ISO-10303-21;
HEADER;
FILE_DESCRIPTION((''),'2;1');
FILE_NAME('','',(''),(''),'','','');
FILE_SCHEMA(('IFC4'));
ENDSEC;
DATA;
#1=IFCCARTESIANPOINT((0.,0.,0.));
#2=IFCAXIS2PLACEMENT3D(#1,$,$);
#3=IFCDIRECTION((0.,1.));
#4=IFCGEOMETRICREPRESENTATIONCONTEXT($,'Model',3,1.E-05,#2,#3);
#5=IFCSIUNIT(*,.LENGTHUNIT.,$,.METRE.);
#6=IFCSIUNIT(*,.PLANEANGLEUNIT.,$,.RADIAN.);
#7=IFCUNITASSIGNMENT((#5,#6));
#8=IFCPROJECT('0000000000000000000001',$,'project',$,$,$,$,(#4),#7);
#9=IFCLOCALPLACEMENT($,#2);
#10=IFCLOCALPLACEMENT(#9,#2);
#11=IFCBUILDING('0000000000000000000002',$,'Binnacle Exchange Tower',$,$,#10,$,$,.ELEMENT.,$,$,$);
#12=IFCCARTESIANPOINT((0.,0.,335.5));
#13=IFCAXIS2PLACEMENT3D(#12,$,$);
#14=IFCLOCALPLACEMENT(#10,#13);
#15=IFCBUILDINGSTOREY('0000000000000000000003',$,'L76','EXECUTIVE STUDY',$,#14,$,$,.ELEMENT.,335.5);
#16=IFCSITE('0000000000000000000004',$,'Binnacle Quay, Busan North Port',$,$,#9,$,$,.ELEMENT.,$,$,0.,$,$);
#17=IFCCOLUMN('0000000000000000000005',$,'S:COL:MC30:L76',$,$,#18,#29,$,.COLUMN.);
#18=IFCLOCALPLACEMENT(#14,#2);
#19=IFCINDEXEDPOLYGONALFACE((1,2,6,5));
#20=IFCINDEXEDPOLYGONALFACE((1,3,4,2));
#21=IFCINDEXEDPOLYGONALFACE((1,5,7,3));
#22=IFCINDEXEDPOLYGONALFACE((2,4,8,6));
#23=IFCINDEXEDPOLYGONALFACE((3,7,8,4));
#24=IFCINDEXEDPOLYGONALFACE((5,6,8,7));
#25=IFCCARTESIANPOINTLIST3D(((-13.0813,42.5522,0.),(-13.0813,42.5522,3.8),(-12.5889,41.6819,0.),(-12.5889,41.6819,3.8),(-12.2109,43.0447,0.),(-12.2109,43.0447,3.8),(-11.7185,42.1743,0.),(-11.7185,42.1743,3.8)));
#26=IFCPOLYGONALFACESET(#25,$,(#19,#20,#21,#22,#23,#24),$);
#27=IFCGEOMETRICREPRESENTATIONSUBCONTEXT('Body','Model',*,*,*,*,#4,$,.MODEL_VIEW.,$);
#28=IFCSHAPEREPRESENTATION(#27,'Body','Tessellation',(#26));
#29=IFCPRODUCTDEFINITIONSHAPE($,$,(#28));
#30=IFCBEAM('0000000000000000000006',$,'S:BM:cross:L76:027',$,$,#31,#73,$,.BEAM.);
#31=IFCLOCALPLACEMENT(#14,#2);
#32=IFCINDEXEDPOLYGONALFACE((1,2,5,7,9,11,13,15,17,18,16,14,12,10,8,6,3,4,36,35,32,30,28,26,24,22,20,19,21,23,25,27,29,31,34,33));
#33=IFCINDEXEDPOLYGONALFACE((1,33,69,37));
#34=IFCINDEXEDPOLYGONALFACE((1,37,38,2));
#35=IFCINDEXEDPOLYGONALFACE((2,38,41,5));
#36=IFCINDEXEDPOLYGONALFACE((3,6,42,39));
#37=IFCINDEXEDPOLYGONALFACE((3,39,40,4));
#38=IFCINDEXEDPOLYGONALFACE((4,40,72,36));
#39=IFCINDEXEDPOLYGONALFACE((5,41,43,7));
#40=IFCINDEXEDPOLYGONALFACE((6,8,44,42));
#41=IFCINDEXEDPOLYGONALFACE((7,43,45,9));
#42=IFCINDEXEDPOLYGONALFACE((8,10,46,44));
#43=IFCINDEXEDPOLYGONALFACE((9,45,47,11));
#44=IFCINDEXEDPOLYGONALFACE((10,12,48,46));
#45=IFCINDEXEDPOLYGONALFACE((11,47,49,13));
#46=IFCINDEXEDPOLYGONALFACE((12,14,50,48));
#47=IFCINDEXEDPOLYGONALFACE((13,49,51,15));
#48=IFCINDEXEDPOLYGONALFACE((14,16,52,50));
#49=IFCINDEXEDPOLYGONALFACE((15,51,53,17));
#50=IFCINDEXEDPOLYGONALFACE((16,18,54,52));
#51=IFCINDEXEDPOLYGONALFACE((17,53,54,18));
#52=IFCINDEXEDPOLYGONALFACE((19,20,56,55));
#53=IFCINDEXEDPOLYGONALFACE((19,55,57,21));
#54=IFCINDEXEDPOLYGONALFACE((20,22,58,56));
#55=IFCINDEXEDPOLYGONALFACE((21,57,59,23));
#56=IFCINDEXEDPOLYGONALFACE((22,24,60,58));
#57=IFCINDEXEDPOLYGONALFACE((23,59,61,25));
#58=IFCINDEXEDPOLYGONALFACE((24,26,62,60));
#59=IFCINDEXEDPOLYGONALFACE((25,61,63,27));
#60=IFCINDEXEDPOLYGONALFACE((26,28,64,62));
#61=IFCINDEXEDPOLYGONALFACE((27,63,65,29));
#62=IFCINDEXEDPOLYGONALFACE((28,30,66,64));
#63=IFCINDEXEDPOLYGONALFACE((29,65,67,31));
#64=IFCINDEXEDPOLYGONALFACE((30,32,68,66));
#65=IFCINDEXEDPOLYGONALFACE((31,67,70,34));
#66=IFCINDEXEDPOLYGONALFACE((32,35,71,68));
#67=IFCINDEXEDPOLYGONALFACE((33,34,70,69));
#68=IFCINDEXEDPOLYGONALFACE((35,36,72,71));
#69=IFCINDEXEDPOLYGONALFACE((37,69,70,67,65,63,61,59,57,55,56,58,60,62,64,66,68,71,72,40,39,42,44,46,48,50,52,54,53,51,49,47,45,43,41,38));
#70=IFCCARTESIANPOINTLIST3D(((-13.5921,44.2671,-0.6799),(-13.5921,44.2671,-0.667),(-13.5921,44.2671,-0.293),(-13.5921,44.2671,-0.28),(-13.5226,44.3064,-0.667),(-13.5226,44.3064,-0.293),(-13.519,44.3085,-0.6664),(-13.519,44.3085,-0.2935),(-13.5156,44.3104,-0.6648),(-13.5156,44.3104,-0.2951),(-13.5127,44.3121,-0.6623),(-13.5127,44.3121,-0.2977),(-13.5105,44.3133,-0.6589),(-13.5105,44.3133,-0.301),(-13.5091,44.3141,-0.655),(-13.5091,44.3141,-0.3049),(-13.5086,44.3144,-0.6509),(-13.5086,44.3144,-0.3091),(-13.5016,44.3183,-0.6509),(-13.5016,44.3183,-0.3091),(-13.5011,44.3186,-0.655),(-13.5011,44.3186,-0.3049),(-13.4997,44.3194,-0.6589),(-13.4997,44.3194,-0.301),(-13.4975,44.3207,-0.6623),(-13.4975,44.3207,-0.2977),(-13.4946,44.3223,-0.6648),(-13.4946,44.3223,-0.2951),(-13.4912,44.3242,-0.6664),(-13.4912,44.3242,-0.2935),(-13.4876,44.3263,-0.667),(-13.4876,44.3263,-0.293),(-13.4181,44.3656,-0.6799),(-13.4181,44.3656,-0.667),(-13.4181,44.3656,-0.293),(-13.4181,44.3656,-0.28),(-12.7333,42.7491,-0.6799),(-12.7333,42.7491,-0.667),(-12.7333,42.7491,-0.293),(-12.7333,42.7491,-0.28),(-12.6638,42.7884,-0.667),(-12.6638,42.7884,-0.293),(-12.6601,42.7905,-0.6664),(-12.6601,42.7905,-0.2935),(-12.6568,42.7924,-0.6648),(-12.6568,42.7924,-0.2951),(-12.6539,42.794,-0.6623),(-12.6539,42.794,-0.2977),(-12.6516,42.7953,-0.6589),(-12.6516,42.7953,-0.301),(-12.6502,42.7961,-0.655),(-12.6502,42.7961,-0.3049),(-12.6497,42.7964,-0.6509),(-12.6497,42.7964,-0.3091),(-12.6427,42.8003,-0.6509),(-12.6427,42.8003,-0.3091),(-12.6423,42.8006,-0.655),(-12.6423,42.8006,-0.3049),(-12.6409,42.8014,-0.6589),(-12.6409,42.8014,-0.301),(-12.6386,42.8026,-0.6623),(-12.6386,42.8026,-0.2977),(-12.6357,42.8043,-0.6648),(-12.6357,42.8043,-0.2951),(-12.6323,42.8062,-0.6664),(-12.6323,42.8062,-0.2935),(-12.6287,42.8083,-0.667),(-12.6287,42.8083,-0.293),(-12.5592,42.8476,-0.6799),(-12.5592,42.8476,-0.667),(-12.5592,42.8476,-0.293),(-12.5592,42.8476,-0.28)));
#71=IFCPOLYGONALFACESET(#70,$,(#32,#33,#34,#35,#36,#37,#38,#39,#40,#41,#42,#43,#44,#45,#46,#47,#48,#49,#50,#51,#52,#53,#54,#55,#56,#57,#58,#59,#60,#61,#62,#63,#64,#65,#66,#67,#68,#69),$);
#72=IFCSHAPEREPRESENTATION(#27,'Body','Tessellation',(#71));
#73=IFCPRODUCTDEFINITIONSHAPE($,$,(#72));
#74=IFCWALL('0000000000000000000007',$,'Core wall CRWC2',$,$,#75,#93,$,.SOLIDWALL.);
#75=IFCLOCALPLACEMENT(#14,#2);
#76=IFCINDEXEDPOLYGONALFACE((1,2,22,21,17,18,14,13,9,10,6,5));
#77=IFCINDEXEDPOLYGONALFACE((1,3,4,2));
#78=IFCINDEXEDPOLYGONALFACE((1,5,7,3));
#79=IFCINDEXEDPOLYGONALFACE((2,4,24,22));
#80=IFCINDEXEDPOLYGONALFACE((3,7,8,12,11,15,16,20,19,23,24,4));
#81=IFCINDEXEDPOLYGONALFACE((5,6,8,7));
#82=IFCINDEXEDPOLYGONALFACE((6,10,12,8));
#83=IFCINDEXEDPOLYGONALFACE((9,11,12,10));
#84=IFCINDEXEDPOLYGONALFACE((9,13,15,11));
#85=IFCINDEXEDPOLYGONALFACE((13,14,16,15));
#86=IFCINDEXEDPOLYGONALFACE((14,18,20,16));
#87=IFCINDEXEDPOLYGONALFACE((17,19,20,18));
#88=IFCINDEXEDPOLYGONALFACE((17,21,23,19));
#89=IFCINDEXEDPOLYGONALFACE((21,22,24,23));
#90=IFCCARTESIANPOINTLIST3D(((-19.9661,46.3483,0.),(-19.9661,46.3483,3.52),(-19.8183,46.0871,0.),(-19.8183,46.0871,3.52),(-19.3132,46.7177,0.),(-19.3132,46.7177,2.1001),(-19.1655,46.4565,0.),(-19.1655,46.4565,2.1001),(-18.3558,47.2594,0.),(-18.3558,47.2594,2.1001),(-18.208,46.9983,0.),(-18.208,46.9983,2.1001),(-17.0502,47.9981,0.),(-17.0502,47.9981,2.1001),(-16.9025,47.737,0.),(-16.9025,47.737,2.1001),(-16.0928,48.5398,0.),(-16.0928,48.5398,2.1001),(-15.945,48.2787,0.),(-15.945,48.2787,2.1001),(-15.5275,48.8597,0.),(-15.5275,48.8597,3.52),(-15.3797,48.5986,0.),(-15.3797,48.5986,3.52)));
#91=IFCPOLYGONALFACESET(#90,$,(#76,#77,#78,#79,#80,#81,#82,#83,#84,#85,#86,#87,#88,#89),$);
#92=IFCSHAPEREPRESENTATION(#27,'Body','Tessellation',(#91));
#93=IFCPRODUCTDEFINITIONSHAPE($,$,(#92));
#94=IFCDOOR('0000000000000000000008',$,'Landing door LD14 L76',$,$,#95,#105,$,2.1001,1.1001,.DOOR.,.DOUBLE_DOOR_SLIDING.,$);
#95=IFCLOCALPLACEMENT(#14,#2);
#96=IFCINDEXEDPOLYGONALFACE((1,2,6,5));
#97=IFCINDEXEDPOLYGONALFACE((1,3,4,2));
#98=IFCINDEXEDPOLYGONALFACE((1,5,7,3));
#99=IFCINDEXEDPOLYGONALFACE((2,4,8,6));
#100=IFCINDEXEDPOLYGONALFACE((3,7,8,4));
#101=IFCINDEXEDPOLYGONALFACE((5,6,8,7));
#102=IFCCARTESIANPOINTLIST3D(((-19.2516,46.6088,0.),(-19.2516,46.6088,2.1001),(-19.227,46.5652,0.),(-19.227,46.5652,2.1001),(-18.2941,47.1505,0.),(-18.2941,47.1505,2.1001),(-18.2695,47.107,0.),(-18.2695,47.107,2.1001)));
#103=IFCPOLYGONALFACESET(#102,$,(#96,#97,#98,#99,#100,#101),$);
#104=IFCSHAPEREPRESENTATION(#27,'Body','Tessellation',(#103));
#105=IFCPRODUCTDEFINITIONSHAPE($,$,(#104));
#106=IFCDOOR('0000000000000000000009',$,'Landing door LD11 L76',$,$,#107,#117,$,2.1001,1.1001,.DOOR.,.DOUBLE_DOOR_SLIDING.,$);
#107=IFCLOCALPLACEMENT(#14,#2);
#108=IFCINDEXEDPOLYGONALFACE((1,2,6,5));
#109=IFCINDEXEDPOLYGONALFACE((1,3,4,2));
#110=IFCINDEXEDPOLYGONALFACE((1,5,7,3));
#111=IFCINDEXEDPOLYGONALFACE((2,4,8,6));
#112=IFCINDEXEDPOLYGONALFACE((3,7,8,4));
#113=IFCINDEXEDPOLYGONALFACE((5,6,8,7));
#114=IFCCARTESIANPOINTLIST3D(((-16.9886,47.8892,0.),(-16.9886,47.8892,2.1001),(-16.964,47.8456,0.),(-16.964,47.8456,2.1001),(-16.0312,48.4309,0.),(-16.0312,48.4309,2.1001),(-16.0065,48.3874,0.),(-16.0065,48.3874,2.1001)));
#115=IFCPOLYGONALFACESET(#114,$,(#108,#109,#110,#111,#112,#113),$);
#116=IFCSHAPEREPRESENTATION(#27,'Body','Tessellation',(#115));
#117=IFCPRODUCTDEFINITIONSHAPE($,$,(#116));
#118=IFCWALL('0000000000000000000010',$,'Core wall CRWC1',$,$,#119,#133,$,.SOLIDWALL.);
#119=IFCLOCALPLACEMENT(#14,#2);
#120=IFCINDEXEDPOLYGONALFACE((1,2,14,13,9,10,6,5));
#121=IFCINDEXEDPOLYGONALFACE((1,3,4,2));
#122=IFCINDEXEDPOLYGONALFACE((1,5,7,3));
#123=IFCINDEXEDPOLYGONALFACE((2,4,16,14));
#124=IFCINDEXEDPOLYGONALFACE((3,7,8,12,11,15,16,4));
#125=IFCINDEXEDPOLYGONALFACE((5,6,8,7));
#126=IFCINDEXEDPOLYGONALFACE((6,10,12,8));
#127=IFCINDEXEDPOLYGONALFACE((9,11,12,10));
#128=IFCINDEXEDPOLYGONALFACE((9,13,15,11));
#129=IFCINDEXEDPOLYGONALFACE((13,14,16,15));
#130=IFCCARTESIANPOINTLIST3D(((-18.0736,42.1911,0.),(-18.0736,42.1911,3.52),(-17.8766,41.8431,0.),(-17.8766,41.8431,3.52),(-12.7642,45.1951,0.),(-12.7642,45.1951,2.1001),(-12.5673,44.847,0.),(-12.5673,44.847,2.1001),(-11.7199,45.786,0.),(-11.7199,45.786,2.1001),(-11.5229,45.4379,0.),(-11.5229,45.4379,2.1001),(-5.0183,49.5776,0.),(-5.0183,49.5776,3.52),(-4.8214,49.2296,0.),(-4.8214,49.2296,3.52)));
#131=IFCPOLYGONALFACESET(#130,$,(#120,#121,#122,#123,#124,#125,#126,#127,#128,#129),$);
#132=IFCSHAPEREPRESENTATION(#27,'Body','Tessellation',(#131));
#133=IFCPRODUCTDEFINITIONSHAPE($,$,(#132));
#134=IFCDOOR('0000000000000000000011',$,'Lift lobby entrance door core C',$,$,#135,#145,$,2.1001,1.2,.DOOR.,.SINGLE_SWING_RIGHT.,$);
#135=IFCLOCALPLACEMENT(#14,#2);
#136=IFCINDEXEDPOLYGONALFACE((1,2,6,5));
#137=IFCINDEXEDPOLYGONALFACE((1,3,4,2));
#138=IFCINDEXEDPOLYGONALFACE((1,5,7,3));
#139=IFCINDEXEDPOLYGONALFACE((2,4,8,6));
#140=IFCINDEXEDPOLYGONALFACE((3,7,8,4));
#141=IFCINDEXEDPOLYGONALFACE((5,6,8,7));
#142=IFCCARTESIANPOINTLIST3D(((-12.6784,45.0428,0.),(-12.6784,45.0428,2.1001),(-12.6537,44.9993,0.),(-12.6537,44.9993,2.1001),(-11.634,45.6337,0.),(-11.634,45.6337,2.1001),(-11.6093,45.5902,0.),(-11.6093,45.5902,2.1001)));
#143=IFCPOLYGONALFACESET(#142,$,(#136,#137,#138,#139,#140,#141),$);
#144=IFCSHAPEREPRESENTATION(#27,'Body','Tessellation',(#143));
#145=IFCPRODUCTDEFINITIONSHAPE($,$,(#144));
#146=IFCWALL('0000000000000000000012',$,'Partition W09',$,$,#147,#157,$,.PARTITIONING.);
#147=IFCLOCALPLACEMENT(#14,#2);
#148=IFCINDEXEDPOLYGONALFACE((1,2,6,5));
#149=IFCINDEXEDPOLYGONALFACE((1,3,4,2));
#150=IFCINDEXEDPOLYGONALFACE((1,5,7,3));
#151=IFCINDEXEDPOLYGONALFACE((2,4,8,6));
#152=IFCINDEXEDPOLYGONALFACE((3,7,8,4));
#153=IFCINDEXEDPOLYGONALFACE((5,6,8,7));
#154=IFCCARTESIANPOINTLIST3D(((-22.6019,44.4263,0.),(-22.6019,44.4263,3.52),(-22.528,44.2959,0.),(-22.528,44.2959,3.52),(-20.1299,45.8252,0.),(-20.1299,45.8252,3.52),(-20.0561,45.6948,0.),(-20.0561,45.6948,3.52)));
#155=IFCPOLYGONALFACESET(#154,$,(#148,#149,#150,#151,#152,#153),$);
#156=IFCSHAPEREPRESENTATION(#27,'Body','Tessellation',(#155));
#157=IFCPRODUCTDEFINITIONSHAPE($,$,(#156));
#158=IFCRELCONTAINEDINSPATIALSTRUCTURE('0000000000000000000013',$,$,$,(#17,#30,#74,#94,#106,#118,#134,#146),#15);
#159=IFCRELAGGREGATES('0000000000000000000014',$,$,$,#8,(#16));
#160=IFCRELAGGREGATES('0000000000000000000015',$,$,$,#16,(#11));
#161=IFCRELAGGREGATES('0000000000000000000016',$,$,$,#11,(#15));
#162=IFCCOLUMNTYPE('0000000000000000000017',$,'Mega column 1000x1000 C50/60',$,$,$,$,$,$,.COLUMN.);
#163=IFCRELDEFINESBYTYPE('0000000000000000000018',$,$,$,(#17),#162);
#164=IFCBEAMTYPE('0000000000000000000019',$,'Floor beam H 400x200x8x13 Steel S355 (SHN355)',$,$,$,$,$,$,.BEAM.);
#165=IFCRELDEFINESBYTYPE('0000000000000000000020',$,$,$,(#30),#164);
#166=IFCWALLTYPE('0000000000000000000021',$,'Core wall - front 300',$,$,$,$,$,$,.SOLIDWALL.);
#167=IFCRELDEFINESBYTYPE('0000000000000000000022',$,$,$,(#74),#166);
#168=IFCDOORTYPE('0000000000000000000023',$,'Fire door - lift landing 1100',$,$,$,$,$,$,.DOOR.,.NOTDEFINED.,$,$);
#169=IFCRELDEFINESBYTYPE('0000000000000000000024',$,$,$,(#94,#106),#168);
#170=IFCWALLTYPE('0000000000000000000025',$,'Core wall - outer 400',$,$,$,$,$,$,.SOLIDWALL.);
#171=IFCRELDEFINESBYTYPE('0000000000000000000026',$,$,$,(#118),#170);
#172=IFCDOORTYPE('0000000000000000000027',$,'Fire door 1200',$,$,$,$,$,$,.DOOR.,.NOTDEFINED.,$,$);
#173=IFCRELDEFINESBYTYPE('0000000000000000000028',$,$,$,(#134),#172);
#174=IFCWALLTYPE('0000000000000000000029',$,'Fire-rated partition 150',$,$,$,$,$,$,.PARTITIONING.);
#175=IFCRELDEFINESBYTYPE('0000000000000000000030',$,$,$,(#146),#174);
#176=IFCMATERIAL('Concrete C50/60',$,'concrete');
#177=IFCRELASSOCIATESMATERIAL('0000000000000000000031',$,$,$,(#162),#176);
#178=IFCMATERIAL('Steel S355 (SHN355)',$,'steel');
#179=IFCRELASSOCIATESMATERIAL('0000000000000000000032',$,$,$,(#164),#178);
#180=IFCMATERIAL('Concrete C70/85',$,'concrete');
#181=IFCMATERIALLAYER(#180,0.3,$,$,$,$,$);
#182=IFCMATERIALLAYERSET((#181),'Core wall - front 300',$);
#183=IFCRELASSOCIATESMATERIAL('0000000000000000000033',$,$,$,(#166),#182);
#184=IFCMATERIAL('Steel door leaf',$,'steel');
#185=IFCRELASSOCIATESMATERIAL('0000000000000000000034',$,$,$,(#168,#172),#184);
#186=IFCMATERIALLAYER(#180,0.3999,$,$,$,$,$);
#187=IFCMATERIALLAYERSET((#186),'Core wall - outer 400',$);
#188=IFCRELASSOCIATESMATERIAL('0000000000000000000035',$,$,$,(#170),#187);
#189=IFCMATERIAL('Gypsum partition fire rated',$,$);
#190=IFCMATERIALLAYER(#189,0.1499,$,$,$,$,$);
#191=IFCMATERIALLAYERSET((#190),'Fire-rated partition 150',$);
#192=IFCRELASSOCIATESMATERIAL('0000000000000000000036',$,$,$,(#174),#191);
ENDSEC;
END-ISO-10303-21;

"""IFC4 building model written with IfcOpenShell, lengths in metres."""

from ifc_helpers import new_model, si_unit, direction, frame, frame_2d, origin, origin_2d, place, context, subcontext, project, spatial, rectangle, i_section, extrude, material, layer, layer_set, material_profile, profile_set, type_object, element, fill, save


model = new_model("IFC4")

# Units and contexts
model_context = context("Model", 3, precision=1e-05, world=origin(), true_north=direction((0.0, 1.0)))
body_context = subcontext(model_context, "Body", "Model", "MODEL_VIEW")
ifc_project = project(units=[si_unit("LENGTHUNIT", "METRE"), si_unit("PLANEANGLEUNIT", "RADIAN")], contexts=[model_context])

# Site, building, storey
site_placement = place(None, origin())
site = spatial("IfcSite", under=ifc_project, at=site_placement, Name="Binnacle Quay, Busan North Port", CompositionType="ELEMENT", RefElevation=0.0)
building_placement = place(site_placement, origin())
building = spatial("IfcBuilding", under=site, at=building_placement, Name="Binnacle Exchange Tower", CompositionType="ELEMENT")
storey_placement = place(building_placement, frame((0.0, 0.0, 335.5)))
storey = spatial("IfcBuildingStorey", under=building, at=storey_placement, Name="L76", Description="EXECUTIVE STUDY", CompositionType="ELEMENT", Elevation=335.5)

# Column
ifc_material_1 = material(Name="Concrete C50/60", Category="concrete")
ifc_material_profile_1 = material_profile(ifc_material_1, rectangle(XDim=1.0, YDim=1.0, at=origin_2d()), Name="Mega column 1000x1000 C50/60")
ifc_profile_set_1 = profile_set([ifc_material_profile_1], Name="Concrete C50/60")
column_type = type_object("IfcColumnType", Name="Mega column 1000x1000 C50/60", PredefinedType="COLUMN", material=ifc_profile_set_1)
column_placement = place(storey_placement, frame((-12.3999, 42.3633, 0.0), z_axis=(0.0, 0.0, 1.0), x_axis=(0.870356, 0.492424, 0.0)))
element("IfcColumn", 1, at=column_placement, inside=storey, type_object=column_type, Name="S:COL:MC30:L76", PredefinedType="COLUMN", context=body_context, shape_type="SweptSolid", body=[
    extrude(rectangle(XDim=1.0, YDim=1.0, at=origin_2d()), origin(), (0.0, 0.0, 1.0), 3.8),
])

# Beam
ifc_material_2 = material(Name="Steel S355 (SHN355)", Category="steel")
ifc_material_profile_2 = material_profile(ifc_material_2, i_section(OverallWidth=0.2, OverallDepth=0.3999, WebThickness=0.0081, FlangeThickness=0.0129, FilletRadius=0.0161, at=origin_2d()), Name="H 400x200x8x13")
ifc_profile_set_2 = profile_set([ifc_material_profile_2], Name="Steel S355 (SHN355)")
beam_type = type_object("IfcBeamType", Name="Floor beam H 400x200x8x13 Steel S355 (SHN355)", PredefinedType="BEAM", material=ifc_profile_set_2)
beam_placement = place(storey_placement, frame((-12.6462, 42.7983, -0.48), z_axis=(-0.492426, 0.870354, 0.0), x_axis=(-0.870354, -0.492426, 0.0)))
element("IfcBeam", 2, at=beam_placement, inside=storey, type_object=beam_type, Name="S:BM:cross:L76:027", PredefinedType="BEAM", context=body_context, shape_type="SweptSolid", body=[
    extrude(i_section(OverallWidth=0.2, OverallDepth=0.3999, WebThickness=0.0081, FlangeThickness=0.0129, FilletRadius=0.0161, at=origin_2d()), origin(), (0.0, 0.0, 1.0), 1.7441),
])

# Wall, openings, doors
ifc_material_3 = material(Name="Concrete C70/85", Category="concrete")
ifc_layer_1 = layer(ifc_material_3, 0.3)
ifc_layer_set_1 = layer_set([ifc_layer_1], Name="Core wall - front 300")
wall_type_1 = type_object("IfcWallType", Name="Core wall - front 300", PredefinedType="SOLIDWALL", material=ifc_layer_set_1)
wall_1_placement = place(storey_placement, frame((-19.8921, 46.2178, 0.0), z_axis=(0.0, 0.0, 1.0), x_axis=(0.870342, 0.492448, 0.0)))
wall_1 = element("IfcWall", 3, at=wall_1_placement, inside=storey, type_object=wall_type_1, Name="Core wall CRWC2", PredefinedType="SOLIDWALL", context=body_context, shape_type="SweptSolid", body=[
    extrude(rectangle(XDim=5.0999, YDim=0.3, at=frame_2d((2.5498, 0.0))), origin(), (0.0, 0.0, 1.0), 3.52),
])
opening_1_placement = place(wall_1_placement, frame((0.75, 0.0, 0.0)))
opening_1 = element("IfcOpeningElement", 4, at=opening_1_placement, cuts=wall_1, PredefinedType="OPENING", context=body_context, shape_type="SweptSolid", body=[
    extrude(rectangle(XDim=1.1001, YDim=2.1001, at=frame_2d((0.55, 1.05))), frame((0.0, 0.1599, 0.0), z_axis=(0.0, -1.0, 0.0), x_axis=(1.0, 0.0, 0.0)), (0.0, 0.0, 1.0), 0.3201),
])
opening_2_placement = place(wall_1_placement, frame((3.3501, 0.0, 0.0)))
opening_2 = element("IfcOpeningElement", 5, at=opening_2_placement, cuts=wall_1, PredefinedType="OPENING", context=body_context, shape_type="SweptSolid", body=[
    extrude(rectangle(XDim=1.1001, YDim=2.1001, at=frame_2d((0.55, 1.05))), frame((0.0, 0.1599, 0.0), z_axis=(0.0, -1.0, 0.0), x_axis=(1.0, 0.0, 0.0)), (0.0, 0.0, 1.0), 0.3201),
])
ifc_material_4 = material(Name="Steel door leaf", Category="steel")
door_type_1 = type_object("IfcDoorType", Name="Fire door - lift landing 1100", OperationType="NOTDEFINED", PredefinedType="DOOR", material=ifc_material_4)
door_1_placement = place(opening_1_placement, origin())
door_1 = element("IfcDoor", 6, at=door_1_placement, inside=storey, type_object=door_type_1, Name="Landing door LD14 L76", OperationType="DOUBLE_DOOR_SLIDING", OverallHeight=2.1001, OverallWidth=1.1001, PredefinedType="DOOR", context=body_context, shape_type="SweptSolid", body=[
    extrude(rectangle(XDim=1.1001, YDim=2.1001, at=frame_2d((0.55, 1.05))), frame((0.0, 0.0249, 0.0), z_axis=(0.0, -1.0, 0.0), x_axis=(1.0, 0.0, 0.0)), (0.0, 0.0, 1.0), 0.05),
])
fill(opening_1, door_1)
door_2_placement = place(opening_2_placement, origin())
door_2 = element("IfcDoor", 7, at=door_2_placement, inside=storey, type_object=door_type_1, Name="Landing door LD11 L76", OperationType="DOUBLE_DOOR_SLIDING", OverallHeight=2.1001, OverallWidth=1.1001, PredefinedType="DOOR", context=body_context, shape_type="SweptSolid", body=[
    extrude(rectangle(XDim=1.1001, YDim=2.1001, at=frame_2d((0.55, 1.05))), frame((0.0, 0.0249, 0.0), z_axis=(0.0, -1.0, 0.0), x_axis=(1.0, 0.0, 0.0)), (0.0, 0.0, 1.0), 0.05),
])
fill(opening_2, door_2)

# Wall, opening, door
ifc_layer_2 = layer(ifc_material_3, 0.3999)
ifc_layer_set_2 = layer_set([ifc_layer_2], Name="Core wall - outer 400")
wall_type_2 = type_object("IfcWallType", Name="Core wall - outer 400", PredefinedType="SOLIDWALL", material=ifc_layer_set_2)
wall_2_placement = place(storey_placement, frame((-17.9751, 42.0171, 0.0), z_axis=(0.0, 0.0, 1.0), x_axis=(0.87035, 0.492434, 0.0)))
wall_2 = element("IfcWall", 8, at=wall_2_placement, inside=storey, type_object=wall_type_2, Name="Core wall CRWC1", PredefinedType="SOLIDWALL", context=body_context, shape_type="SweptSolid", body=[
    extrude(rectangle(XDim=15.0, YDim=0.3999, at=frame_2d((7.5, 0.0))), origin(), (0.0, 0.0, 1.0), 3.52),
])
opening_3_placement = place(wall_2_placement, frame((6.1001, 0.0, 0.0)))
opening_3 = element("IfcOpeningElement", 9, at=opening_3_placement, cuts=wall_2, PredefinedType="OPENING", context=body_context, shape_type="SweptSolid", body=[
    extrude(rectangle(XDim=1.2, YDim=2.1001, at=frame_2d((0.6001, 1.05))), frame((0.0, 0.21, 0.0), z_axis=(0.0, -1.0, 0.0), x_axis=(1.0, 0.0, 0.0)), (0.0, 0.0, 1.0), 0.4199),
])
door_type_2 = type_object("IfcDoorType", Name="Fire door 1200", OperationType="NOTDEFINED", PredefinedType="DOOR", material=ifc_material_4)
door_3_placement = place(opening_3_placement, frame((1.2, 0.0, 0.0), z_axis=(0.0, 0.0, 1.0), x_axis=(-1.0, 0.0, 0.0)))
door_3 = element("IfcDoor", 10, at=door_3_placement, inside=storey, type_object=door_type_2, Name="Lift lobby entrance door core C", OperationType="SINGLE_SWING_RIGHT", OverallHeight=2.1001, OverallWidth=1.2, PredefinedType="DOOR", context=body_context, shape_type="SweptSolid", body=[
    extrude(rectangle(XDim=1.2, YDim=2.1001, at=frame_2d((0.6001, 1.05))), frame((0.0, 0.0249, 0.0), z_axis=(0.0, -1.0, 0.0), x_axis=(1.0, 0.0, 0.0)), (0.0, 0.0, 1.0), 0.05),
])
fill(opening_3, door_3)

# Wall
ifc_material_5 = material(Name="Gypsum partition fire rated")
ifc_layer_3 = layer(ifc_material_5, 0.1499)
ifc_layer_set_3 = layer_set([ifc_layer_3], Name="Fire-rated partition 150")
wall_type_3 = type_object("IfcWallType", Name="Fire-rated partition 150", PredefinedType="PARTITIONING", material=ifc_layer_set_3)
wall_3_placement = place(storey_placement, frame((-22.5649, 44.3611, 0.0), z_axis=(0.0, 0.0, 1.0), x_axis=(0.870299, 0.492525, 0.0)))
element("IfcWall", 11, at=wall_3_placement, inside=storey, type_object=wall_type_3, Name="Partition W09", PredefinedType="PARTITIONING", context=body_context, shape_type="SweptSolid", body=[
    extrude(rectangle(XDim=2.8403, YDim=0.1499, at=frame_2d((1.4202, 0.0))), origin(), (0.0, 0.0, 1.0), 3.52),
])

save(model, "model.ifc")
